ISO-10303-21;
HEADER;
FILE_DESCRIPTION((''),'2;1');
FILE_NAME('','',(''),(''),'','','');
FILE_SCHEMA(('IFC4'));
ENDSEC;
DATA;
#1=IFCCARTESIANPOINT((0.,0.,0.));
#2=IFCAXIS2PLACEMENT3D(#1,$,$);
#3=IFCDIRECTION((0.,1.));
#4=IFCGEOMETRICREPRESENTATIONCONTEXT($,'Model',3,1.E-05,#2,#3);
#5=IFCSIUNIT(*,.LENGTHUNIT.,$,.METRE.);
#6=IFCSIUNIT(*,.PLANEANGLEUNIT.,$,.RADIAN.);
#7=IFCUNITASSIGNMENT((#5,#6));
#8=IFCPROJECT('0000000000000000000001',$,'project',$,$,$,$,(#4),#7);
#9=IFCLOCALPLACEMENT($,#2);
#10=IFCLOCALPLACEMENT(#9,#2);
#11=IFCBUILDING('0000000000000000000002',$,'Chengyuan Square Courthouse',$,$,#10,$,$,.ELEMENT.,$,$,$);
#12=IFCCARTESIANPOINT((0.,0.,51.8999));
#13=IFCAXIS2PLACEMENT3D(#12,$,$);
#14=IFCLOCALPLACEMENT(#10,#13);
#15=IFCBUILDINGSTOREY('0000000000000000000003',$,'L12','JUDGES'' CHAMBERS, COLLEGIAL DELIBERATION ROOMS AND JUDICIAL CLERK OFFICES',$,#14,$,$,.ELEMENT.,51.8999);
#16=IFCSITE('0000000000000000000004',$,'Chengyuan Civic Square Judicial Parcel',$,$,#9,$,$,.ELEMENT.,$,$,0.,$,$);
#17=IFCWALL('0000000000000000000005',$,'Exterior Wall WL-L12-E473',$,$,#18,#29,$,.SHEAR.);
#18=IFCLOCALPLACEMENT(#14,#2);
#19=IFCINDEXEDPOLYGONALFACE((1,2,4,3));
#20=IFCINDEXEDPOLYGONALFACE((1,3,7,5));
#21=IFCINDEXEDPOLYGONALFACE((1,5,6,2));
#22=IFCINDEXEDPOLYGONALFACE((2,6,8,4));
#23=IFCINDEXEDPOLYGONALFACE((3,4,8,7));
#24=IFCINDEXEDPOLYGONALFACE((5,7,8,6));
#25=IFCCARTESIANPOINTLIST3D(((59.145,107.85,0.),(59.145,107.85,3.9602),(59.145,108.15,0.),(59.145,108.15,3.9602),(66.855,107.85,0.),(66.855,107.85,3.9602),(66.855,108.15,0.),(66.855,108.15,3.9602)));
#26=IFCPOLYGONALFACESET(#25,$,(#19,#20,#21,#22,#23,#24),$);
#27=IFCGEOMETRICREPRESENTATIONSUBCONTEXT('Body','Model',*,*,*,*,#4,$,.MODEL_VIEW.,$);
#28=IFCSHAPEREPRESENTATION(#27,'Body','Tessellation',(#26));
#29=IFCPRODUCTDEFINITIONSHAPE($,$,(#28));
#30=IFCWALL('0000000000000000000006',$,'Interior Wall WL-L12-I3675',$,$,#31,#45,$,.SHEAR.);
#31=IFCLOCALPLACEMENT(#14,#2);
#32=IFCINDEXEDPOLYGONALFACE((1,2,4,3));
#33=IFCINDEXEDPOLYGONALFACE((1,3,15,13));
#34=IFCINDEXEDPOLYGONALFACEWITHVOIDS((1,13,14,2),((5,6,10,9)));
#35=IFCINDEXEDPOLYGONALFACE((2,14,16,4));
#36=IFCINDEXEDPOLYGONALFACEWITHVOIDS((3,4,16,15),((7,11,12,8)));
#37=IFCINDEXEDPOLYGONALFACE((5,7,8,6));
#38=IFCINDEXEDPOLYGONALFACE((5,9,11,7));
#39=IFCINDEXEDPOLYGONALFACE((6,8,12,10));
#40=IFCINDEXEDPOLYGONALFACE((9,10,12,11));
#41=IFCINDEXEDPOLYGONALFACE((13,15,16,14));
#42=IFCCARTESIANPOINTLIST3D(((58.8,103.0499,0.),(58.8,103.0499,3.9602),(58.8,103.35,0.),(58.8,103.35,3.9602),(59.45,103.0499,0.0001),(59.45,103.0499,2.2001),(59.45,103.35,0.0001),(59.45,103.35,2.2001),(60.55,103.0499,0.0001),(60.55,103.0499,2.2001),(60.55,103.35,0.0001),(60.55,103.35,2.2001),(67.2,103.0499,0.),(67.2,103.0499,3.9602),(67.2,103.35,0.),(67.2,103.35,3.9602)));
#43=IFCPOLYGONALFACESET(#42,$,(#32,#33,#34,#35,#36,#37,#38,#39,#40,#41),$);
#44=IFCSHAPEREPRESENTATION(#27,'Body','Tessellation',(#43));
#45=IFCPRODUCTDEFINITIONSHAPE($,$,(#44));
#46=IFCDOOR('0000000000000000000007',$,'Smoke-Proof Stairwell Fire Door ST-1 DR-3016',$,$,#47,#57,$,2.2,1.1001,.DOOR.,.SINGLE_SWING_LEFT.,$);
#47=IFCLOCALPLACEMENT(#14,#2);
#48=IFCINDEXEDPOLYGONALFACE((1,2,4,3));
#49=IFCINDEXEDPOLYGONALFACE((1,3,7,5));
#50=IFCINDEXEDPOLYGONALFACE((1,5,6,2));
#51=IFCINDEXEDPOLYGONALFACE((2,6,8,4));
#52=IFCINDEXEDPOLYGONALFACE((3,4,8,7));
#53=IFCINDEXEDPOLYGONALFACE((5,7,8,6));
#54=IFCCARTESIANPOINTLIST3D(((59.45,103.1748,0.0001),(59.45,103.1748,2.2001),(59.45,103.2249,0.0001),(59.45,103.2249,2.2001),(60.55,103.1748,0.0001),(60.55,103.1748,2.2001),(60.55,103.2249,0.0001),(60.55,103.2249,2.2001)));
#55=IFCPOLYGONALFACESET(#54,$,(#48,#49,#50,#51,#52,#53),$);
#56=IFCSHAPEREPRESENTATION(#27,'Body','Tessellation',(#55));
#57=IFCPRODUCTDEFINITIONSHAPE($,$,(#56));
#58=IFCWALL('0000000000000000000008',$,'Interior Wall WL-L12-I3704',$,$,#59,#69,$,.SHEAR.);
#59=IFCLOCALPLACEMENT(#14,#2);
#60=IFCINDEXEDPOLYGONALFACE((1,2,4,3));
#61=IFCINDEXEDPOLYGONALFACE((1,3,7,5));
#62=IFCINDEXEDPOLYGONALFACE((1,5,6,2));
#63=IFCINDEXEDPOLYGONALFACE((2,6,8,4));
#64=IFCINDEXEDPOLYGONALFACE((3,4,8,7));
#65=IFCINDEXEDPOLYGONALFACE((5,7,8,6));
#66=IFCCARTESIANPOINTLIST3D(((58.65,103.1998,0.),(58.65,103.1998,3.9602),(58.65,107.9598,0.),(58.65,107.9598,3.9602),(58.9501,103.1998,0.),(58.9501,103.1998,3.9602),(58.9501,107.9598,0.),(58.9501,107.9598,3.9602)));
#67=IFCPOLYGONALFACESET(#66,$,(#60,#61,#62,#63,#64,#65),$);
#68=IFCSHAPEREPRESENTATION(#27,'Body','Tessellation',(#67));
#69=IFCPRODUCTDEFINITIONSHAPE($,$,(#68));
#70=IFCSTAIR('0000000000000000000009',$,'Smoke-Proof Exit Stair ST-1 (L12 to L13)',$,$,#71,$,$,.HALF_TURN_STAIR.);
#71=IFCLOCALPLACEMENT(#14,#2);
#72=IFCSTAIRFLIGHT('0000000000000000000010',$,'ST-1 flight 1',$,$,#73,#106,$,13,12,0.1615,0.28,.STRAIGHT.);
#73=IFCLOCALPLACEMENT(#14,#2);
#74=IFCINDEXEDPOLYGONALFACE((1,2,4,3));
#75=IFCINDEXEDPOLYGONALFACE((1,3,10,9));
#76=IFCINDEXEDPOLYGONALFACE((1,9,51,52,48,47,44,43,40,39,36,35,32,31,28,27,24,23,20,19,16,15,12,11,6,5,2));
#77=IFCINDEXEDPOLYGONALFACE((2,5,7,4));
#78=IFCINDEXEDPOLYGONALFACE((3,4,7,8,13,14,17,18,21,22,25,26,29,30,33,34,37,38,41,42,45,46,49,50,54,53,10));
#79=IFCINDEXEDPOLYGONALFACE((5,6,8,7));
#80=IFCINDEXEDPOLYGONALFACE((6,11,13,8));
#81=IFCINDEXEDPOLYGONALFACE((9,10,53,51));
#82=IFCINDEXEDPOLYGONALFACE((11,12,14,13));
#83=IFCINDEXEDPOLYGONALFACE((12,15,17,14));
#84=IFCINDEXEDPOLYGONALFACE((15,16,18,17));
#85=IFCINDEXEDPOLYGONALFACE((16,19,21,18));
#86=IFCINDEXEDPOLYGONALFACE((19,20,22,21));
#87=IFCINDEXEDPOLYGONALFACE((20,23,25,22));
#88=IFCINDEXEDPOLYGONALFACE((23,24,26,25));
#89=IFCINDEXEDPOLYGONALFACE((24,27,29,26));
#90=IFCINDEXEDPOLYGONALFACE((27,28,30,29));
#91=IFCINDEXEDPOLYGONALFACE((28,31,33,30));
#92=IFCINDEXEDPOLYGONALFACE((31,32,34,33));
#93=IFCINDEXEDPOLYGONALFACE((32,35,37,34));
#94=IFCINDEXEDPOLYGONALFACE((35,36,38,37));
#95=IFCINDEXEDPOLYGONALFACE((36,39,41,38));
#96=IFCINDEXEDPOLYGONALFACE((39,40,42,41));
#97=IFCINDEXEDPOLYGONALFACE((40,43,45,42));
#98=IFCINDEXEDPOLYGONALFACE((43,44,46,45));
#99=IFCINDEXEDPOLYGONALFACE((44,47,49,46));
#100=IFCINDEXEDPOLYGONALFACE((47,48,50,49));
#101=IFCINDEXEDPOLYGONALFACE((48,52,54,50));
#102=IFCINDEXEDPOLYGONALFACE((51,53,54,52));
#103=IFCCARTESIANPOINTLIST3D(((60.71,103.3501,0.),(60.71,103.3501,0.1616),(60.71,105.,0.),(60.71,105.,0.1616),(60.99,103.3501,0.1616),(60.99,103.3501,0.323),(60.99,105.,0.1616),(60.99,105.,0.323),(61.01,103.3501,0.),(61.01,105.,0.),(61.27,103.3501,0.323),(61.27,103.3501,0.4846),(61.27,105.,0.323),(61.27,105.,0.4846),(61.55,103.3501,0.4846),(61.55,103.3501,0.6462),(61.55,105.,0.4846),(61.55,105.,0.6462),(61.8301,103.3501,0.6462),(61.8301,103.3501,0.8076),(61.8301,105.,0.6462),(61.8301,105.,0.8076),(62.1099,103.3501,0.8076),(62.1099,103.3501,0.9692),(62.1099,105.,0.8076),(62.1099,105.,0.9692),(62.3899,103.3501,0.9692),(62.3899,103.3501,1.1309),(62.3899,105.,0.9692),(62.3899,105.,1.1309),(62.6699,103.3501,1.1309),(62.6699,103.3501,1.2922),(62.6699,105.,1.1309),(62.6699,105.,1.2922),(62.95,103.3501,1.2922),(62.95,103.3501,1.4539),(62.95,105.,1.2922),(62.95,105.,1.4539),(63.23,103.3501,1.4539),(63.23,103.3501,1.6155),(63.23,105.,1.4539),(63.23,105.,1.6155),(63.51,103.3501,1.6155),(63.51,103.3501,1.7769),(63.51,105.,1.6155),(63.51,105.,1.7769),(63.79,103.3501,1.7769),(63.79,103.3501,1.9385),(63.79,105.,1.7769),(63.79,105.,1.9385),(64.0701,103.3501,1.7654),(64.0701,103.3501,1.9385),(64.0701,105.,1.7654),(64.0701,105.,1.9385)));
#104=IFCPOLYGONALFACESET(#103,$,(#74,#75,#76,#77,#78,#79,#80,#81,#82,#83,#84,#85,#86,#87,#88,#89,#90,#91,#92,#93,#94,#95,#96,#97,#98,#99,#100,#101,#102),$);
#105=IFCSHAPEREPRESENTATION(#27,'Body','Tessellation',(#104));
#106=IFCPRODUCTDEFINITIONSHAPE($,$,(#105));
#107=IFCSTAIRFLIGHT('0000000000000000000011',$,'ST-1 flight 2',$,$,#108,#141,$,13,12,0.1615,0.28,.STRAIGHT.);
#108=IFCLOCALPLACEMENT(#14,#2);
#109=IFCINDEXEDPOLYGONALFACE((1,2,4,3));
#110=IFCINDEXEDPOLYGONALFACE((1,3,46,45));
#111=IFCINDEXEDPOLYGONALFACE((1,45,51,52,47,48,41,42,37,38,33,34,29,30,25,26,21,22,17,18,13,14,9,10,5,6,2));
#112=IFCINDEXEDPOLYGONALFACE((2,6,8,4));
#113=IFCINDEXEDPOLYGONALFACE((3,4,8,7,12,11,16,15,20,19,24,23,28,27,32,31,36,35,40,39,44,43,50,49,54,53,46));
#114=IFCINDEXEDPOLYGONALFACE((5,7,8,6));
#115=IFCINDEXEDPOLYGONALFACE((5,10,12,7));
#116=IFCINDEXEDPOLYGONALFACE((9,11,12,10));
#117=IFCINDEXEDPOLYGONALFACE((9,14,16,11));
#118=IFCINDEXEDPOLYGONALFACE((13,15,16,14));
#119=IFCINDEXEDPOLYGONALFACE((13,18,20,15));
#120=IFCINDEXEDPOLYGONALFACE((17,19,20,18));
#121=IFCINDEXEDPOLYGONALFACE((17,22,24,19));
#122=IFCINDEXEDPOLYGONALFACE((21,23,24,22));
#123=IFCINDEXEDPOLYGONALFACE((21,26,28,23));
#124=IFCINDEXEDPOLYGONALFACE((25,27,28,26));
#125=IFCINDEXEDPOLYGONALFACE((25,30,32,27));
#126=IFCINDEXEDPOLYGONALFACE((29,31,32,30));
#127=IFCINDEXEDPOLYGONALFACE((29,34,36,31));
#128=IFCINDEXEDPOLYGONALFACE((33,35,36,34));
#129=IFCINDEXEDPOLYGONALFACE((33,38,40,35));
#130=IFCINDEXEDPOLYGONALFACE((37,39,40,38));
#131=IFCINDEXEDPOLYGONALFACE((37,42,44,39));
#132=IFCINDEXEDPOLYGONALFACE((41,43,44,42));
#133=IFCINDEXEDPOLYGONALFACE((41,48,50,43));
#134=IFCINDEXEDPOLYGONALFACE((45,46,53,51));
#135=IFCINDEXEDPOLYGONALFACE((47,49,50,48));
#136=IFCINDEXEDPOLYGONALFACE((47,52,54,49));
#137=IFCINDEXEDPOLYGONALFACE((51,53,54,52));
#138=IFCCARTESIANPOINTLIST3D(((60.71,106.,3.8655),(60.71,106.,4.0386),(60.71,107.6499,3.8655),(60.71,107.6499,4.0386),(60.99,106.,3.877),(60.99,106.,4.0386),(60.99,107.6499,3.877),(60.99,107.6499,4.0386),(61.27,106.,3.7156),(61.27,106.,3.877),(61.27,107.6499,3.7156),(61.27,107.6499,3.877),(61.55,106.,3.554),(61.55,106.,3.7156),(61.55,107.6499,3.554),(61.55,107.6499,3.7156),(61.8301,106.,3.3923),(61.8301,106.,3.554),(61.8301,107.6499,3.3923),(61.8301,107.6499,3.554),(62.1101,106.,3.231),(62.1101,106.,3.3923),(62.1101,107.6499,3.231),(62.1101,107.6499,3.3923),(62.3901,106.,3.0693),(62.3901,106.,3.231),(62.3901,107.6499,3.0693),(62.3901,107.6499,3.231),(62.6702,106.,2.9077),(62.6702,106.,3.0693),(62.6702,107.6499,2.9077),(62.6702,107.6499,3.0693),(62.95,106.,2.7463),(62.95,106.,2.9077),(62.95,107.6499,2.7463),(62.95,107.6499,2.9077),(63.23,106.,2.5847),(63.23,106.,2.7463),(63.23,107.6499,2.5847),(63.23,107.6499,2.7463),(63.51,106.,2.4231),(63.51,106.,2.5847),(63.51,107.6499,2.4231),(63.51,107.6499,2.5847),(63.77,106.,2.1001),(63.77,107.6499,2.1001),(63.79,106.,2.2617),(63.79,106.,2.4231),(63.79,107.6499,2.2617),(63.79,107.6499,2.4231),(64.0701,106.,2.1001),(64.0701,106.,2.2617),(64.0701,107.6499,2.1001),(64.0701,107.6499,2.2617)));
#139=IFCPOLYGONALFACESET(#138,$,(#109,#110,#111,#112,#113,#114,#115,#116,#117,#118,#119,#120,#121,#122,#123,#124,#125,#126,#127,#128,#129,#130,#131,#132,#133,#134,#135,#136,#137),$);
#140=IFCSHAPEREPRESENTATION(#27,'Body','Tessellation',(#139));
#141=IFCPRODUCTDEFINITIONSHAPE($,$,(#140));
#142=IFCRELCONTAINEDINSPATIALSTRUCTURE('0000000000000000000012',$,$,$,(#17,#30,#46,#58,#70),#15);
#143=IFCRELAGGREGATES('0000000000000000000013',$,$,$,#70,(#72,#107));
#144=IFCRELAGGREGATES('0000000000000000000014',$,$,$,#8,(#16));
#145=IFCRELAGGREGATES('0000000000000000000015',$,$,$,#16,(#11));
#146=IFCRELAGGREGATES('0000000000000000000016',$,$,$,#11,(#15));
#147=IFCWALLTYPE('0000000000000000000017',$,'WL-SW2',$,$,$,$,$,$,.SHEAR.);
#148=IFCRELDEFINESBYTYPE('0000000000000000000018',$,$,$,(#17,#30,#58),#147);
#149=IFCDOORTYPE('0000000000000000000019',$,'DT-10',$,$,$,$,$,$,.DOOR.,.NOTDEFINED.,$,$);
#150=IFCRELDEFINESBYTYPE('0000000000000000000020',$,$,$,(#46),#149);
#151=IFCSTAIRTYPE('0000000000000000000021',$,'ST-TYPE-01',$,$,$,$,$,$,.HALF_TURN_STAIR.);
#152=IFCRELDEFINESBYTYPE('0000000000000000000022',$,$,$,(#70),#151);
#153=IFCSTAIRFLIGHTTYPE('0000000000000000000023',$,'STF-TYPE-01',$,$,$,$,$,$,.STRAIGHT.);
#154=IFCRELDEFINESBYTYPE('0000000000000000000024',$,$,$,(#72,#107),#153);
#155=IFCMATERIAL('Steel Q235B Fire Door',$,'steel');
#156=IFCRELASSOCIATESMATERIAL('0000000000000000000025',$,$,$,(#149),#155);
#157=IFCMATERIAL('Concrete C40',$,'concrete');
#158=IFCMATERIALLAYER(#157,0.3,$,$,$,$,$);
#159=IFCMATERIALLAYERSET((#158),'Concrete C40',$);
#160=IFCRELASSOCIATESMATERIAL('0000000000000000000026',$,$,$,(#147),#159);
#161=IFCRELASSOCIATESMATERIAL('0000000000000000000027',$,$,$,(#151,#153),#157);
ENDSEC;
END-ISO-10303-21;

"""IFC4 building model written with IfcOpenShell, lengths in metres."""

from ifc_helpers import new_model, si_unit, direction, frame, frame_2d, origin, place, context, subcontext, project, spatial, polyline, rectangle, outline, extrude, material, layer, layer_set, type_object, element, fill, aggregate, save


model = new_model("IFC4")

# Units and contexts
model_context = context("Model", 3, precision=1e-05, world=origin(), true_north=direction((0.0, 1.0)))
body_context = subcontext(model_context, "Body", "Model", "MODEL_VIEW")
ifc_project = project(units=[si_unit("LENGTHUNIT", "METRE"), si_unit("PLANEANGLEUNIT", "RADIAN")], contexts=[model_context])

# Site, building, storey
site_placement = place(None, origin())
site = spatial("IfcSite", under=ifc_project, at=site_placement, Name="Chengyuan Civic Square Judicial Parcel", CompositionType="ELEMENT", RefElevation=0.0)
building_placement = place(site_placement, origin())
building = spatial("IfcBuilding", under=site, at=building_placement, Name="Chengyuan Square Courthouse", CompositionType="ELEMENT")
storey_placement = place(building_placement, frame((0.0, 0.0, 51.8999)))
storey = spatial("IfcBuildingStorey", under=building, at=storey_placement, Name="L12", Description="JUDGES' CHAMBERS, COLLEGIAL DELIBERATION ROOMS AND JUDICIAL CLERK OFFICES", CompositionType="ELEMENT", Elevation=51.8999)

# Shared definitions
ifc_material_1 = material(Name="Concrete C40", Category="concrete")

# Shared definitions
ifc_material_2 = material(Name="Steel Q235B Fire Door", Category="steel")
door_type_1 = type_object("IfcDoorType", Name="DT-10", OperationType="NOTDEFINED", PredefinedType="DOOR", material=ifc_material_2)

# Wall
ifc_layer_1 = layer(ifc_material_1, 0.3)
ifc_layer_set_1 = layer_set([ifc_layer_1], Name="Concrete C40")
wall_type_1 = type_object("IfcWallType", Name="WL-SW2", PredefinedType="SHEAR", material=ifc_layer_set_1)
wall_1_placement = place(storey_placement, frame((59.145, 108.0, 0.0), z_axis=(0.0, 0.0, 1.0), x_axis=(1.0, 0.0, 0.0)))
element("IfcWall", 1, at=wall_1_placement, inside=storey, type_object=wall_type_1, Name="Exterior Wall WL-L12-E473", PredefinedType="SHEAR", context=body_context, shape_type="SweptSolid", body=[
    extrude(rectangle(XDim=7.71, YDim=0.3, at=frame_2d((3.855, 0.0))), origin(), (0.0, 0.0, 1.0), 3.9602),
])

# Wall, opening, door
wall_2_placement = place(storey_placement, frame((58.8, 103.2, 0.0), z_axis=(0.0, 0.0, 1.0), x_axis=(1.0, 0.0, 0.0)))
wall_2 = element("IfcWall", 2, at=wall_2_placement, inside=storey, type_object=wall_type_1, Name="Interior Wall WL-L12-I3675", PredefinedType="SHEAR", context=body_context, shape_type="SweptSolid", body=[
    extrude(rectangle(XDim=8.3999, YDim=0.3, at=frame_2d((4.2, 0.0))), origin(), (0.0, 0.0, 1.0), 3.9602),
])
opening_1_placement = place(wall_2_placement, frame((0.6499, 0.0, 0.0)))
opening_1 = element("IfcOpeningElement", 3, at=opening_1_placement, cuts=wall_2, PredefinedType="OPENING", context=body_context, shape_type="SweptSolid", body=[
    extrude(rectangle(XDim=1.1001, YDim=2.2, at=frame_2d((0.55, 1.1001))), frame((0.0, 0.1621, 0.0), z_axis=(0.0, -1.0, 0.0), x_axis=(1.0, 0.0, 0.0)), (0.0, 0.0, 1.0), 0.324),
])
door_1_placement = place(opening_1_placement, origin())
door_1 = element("IfcDoor", 4, at=door_1_placement, inside=storey, type_object=door_type_1, Name="Smoke-Proof Stairwell Fire Door ST-1 DR-3016", OperationType="SINGLE_SWING_LEFT", OverallHeight=2.2, OverallWidth=1.1001, PredefinedType="DOOR", context=body_context, shape_type="SweptSolid", body=[
    extrude(rectangle(XDim=1.1001, YDim=2.2, at=frame_2d((0.55, 1.1001))), frame((0.0, 0.0249, 0.0), z_axis=(0.0, -1.0, 0.0), x_axis=(1.0, 0.0, 0.0)), (0.0, 0.0, 1.0), 0.05),
])
fill(opening_1, door_1)

# Wall
wall_3_placement = place(storey_placement, frame((58.8, 103.2, 0.0), z_axis=(0.0, 0.0, 1.0), x_axis=(0.0, 1.0, 0.0)))
element("IfcWall", 5, at=wall_3_placement, inside=storey, type_object=wall_type_1, Name="Interior Wall WL-L12-I3704", PredefinedType="SHEAR", context=body_context, shape_type="SweptSolid", body=[
    extrude(rectangle(XDim=4.76, YDim=0.3, at=frame_2d((2.3799, 0.0))), origin(), (0.0, 0.0, 1.0), 3.9602),
])

# Stair, stair flights
stair_type = type_object("IfcStairType", Name="ST-TYPE-01", PredefinedType="HALF_TURN_STAIR", material=ifc_material_1)
stair_placement = place(storey_placement, origin())
stair = element("IfcStair", 6, at=stair_placement, inside=storey, type_object=stair_type, Name="Smoke-Proof Exit Stair ST-1 (L12 to L13)", PredefinedType="HALF_TURN_STAIR")
stair_flight_type = type_object("IfcStairFlightType", Name="STF-TYPE-01", PredefinedType="STRAIGHT", material=ifc_material_1)
stair_flight_1_placement = place(storey_placement, frame((60.71, 104.175, 0.0), z_axis=(0.0, 0.0, 1.0), x_axis=(1.0, 0.0, 0.0)))
stair_flight_1 = element("IfcStairFlight", 7, at=stair_flight_1_placement, type_object=stair_flight_type, Name="ST-1 flight 1", NumberOfRisers=13, NumberOfTreads=12, PredefinedType="STRAIGHT", RiserHeight=0.1615, TreadLength=0.28, context=body_context, shape_type="SweptSolid", body=[
    extrude(outline(polyline([(0.0, 0.0), (0.0, 0.1616), (0.28, 0.1616), (0.28, 0.323), (0.5601, 0.323), (0.5601, 0.4846), (0.8401, 0.4846), (0.8401, 0.6462), (1.1201, 0.6462), (1.1201, 0.8076), (1.3999, 0.8076), (1.3999, 0.9692), (1.6799, 0.9692), (1.6799, 1.1309), (1.96, 1.1309), (1.96, 1.2922), (2.24, 1.2922), (2.24, 1.4539), (2.52, 1.4539), (2.52, 1.6155), (2.8, 1.6155), (2.8, 1.7769), (3.0801, 1.7769), (3.0801, 1.9385), (3.3601, 1.9385), (3.3601, 2.1001), (3.3601, 1.7654), (0.3, 0.0), (0.0, 0.0)])), frame((0.0, 0.825, 0.0), z_axis=(0.0, -1.0, 0.0), x_axis=(1.0, 0.0, 0.0)), (0.0, 0.0, 1.0), 1.6499),
])
stair_flight_2_placement = place(storey_placement, frame((64.0701, 106.825, 2.1001), z_axis=(0.0, 0.0, 1.0), x_axis=(-1.0, 0.0, 0.0)))
stair_flight_2 = element("IfcStairFlight", 8, at=stair_flight_2_placement, type_object=stair_flight_type, Name="ST-1 flight 2", NumberOfRisers=13, NumberOfTreads=12, PredefinedType="STRAIGHT", RiserHeight=0.1615, TreadLength=0.28, context=body_context, shape_type="SweptSolid", body=[
    extrude(outline(polyline([(0.0, 0.0), (0.0, 0.1616), (0.28, 0.1616), (0.28, 0.323), (0.5601, 0.323), (0.5601, 0.4846), (0.8401, 0.4846), (0.8401, 0.6462), (1.1201, 0.6462), (1.1201, 0.8076), (1.3999, 0.8076), (1.3999, 0.9692), (1.6799, 0.9692), (1.6799, 1.1309), (1.96, 1.1309), (1.96, 1.2922), (2.24, 1.2922), (2.24, 1.4539), (2.52, 1.4539), (2.52, 1.6155), (2.8, 1.6155), (2.8, 1.7769), (3.0801, 1.7769), (3.0801, 1.9385), (3.3601, 1.9385), (3.3601, 2.1001), (3.3601, 1.7654), (0.3, 0.0), (0.0, 0.0)])), frame((0.0, 0.825, 0.0), z_axis=(0.0, -1.0, 0.0), x_axis=(1.0, 0.0, 0.0)), (0.0, 0.0, 1.0), 1.6499),
])
aggregate(stair, [stair_flight_1, stair_flight_2])

save(model, "model.ifc")
